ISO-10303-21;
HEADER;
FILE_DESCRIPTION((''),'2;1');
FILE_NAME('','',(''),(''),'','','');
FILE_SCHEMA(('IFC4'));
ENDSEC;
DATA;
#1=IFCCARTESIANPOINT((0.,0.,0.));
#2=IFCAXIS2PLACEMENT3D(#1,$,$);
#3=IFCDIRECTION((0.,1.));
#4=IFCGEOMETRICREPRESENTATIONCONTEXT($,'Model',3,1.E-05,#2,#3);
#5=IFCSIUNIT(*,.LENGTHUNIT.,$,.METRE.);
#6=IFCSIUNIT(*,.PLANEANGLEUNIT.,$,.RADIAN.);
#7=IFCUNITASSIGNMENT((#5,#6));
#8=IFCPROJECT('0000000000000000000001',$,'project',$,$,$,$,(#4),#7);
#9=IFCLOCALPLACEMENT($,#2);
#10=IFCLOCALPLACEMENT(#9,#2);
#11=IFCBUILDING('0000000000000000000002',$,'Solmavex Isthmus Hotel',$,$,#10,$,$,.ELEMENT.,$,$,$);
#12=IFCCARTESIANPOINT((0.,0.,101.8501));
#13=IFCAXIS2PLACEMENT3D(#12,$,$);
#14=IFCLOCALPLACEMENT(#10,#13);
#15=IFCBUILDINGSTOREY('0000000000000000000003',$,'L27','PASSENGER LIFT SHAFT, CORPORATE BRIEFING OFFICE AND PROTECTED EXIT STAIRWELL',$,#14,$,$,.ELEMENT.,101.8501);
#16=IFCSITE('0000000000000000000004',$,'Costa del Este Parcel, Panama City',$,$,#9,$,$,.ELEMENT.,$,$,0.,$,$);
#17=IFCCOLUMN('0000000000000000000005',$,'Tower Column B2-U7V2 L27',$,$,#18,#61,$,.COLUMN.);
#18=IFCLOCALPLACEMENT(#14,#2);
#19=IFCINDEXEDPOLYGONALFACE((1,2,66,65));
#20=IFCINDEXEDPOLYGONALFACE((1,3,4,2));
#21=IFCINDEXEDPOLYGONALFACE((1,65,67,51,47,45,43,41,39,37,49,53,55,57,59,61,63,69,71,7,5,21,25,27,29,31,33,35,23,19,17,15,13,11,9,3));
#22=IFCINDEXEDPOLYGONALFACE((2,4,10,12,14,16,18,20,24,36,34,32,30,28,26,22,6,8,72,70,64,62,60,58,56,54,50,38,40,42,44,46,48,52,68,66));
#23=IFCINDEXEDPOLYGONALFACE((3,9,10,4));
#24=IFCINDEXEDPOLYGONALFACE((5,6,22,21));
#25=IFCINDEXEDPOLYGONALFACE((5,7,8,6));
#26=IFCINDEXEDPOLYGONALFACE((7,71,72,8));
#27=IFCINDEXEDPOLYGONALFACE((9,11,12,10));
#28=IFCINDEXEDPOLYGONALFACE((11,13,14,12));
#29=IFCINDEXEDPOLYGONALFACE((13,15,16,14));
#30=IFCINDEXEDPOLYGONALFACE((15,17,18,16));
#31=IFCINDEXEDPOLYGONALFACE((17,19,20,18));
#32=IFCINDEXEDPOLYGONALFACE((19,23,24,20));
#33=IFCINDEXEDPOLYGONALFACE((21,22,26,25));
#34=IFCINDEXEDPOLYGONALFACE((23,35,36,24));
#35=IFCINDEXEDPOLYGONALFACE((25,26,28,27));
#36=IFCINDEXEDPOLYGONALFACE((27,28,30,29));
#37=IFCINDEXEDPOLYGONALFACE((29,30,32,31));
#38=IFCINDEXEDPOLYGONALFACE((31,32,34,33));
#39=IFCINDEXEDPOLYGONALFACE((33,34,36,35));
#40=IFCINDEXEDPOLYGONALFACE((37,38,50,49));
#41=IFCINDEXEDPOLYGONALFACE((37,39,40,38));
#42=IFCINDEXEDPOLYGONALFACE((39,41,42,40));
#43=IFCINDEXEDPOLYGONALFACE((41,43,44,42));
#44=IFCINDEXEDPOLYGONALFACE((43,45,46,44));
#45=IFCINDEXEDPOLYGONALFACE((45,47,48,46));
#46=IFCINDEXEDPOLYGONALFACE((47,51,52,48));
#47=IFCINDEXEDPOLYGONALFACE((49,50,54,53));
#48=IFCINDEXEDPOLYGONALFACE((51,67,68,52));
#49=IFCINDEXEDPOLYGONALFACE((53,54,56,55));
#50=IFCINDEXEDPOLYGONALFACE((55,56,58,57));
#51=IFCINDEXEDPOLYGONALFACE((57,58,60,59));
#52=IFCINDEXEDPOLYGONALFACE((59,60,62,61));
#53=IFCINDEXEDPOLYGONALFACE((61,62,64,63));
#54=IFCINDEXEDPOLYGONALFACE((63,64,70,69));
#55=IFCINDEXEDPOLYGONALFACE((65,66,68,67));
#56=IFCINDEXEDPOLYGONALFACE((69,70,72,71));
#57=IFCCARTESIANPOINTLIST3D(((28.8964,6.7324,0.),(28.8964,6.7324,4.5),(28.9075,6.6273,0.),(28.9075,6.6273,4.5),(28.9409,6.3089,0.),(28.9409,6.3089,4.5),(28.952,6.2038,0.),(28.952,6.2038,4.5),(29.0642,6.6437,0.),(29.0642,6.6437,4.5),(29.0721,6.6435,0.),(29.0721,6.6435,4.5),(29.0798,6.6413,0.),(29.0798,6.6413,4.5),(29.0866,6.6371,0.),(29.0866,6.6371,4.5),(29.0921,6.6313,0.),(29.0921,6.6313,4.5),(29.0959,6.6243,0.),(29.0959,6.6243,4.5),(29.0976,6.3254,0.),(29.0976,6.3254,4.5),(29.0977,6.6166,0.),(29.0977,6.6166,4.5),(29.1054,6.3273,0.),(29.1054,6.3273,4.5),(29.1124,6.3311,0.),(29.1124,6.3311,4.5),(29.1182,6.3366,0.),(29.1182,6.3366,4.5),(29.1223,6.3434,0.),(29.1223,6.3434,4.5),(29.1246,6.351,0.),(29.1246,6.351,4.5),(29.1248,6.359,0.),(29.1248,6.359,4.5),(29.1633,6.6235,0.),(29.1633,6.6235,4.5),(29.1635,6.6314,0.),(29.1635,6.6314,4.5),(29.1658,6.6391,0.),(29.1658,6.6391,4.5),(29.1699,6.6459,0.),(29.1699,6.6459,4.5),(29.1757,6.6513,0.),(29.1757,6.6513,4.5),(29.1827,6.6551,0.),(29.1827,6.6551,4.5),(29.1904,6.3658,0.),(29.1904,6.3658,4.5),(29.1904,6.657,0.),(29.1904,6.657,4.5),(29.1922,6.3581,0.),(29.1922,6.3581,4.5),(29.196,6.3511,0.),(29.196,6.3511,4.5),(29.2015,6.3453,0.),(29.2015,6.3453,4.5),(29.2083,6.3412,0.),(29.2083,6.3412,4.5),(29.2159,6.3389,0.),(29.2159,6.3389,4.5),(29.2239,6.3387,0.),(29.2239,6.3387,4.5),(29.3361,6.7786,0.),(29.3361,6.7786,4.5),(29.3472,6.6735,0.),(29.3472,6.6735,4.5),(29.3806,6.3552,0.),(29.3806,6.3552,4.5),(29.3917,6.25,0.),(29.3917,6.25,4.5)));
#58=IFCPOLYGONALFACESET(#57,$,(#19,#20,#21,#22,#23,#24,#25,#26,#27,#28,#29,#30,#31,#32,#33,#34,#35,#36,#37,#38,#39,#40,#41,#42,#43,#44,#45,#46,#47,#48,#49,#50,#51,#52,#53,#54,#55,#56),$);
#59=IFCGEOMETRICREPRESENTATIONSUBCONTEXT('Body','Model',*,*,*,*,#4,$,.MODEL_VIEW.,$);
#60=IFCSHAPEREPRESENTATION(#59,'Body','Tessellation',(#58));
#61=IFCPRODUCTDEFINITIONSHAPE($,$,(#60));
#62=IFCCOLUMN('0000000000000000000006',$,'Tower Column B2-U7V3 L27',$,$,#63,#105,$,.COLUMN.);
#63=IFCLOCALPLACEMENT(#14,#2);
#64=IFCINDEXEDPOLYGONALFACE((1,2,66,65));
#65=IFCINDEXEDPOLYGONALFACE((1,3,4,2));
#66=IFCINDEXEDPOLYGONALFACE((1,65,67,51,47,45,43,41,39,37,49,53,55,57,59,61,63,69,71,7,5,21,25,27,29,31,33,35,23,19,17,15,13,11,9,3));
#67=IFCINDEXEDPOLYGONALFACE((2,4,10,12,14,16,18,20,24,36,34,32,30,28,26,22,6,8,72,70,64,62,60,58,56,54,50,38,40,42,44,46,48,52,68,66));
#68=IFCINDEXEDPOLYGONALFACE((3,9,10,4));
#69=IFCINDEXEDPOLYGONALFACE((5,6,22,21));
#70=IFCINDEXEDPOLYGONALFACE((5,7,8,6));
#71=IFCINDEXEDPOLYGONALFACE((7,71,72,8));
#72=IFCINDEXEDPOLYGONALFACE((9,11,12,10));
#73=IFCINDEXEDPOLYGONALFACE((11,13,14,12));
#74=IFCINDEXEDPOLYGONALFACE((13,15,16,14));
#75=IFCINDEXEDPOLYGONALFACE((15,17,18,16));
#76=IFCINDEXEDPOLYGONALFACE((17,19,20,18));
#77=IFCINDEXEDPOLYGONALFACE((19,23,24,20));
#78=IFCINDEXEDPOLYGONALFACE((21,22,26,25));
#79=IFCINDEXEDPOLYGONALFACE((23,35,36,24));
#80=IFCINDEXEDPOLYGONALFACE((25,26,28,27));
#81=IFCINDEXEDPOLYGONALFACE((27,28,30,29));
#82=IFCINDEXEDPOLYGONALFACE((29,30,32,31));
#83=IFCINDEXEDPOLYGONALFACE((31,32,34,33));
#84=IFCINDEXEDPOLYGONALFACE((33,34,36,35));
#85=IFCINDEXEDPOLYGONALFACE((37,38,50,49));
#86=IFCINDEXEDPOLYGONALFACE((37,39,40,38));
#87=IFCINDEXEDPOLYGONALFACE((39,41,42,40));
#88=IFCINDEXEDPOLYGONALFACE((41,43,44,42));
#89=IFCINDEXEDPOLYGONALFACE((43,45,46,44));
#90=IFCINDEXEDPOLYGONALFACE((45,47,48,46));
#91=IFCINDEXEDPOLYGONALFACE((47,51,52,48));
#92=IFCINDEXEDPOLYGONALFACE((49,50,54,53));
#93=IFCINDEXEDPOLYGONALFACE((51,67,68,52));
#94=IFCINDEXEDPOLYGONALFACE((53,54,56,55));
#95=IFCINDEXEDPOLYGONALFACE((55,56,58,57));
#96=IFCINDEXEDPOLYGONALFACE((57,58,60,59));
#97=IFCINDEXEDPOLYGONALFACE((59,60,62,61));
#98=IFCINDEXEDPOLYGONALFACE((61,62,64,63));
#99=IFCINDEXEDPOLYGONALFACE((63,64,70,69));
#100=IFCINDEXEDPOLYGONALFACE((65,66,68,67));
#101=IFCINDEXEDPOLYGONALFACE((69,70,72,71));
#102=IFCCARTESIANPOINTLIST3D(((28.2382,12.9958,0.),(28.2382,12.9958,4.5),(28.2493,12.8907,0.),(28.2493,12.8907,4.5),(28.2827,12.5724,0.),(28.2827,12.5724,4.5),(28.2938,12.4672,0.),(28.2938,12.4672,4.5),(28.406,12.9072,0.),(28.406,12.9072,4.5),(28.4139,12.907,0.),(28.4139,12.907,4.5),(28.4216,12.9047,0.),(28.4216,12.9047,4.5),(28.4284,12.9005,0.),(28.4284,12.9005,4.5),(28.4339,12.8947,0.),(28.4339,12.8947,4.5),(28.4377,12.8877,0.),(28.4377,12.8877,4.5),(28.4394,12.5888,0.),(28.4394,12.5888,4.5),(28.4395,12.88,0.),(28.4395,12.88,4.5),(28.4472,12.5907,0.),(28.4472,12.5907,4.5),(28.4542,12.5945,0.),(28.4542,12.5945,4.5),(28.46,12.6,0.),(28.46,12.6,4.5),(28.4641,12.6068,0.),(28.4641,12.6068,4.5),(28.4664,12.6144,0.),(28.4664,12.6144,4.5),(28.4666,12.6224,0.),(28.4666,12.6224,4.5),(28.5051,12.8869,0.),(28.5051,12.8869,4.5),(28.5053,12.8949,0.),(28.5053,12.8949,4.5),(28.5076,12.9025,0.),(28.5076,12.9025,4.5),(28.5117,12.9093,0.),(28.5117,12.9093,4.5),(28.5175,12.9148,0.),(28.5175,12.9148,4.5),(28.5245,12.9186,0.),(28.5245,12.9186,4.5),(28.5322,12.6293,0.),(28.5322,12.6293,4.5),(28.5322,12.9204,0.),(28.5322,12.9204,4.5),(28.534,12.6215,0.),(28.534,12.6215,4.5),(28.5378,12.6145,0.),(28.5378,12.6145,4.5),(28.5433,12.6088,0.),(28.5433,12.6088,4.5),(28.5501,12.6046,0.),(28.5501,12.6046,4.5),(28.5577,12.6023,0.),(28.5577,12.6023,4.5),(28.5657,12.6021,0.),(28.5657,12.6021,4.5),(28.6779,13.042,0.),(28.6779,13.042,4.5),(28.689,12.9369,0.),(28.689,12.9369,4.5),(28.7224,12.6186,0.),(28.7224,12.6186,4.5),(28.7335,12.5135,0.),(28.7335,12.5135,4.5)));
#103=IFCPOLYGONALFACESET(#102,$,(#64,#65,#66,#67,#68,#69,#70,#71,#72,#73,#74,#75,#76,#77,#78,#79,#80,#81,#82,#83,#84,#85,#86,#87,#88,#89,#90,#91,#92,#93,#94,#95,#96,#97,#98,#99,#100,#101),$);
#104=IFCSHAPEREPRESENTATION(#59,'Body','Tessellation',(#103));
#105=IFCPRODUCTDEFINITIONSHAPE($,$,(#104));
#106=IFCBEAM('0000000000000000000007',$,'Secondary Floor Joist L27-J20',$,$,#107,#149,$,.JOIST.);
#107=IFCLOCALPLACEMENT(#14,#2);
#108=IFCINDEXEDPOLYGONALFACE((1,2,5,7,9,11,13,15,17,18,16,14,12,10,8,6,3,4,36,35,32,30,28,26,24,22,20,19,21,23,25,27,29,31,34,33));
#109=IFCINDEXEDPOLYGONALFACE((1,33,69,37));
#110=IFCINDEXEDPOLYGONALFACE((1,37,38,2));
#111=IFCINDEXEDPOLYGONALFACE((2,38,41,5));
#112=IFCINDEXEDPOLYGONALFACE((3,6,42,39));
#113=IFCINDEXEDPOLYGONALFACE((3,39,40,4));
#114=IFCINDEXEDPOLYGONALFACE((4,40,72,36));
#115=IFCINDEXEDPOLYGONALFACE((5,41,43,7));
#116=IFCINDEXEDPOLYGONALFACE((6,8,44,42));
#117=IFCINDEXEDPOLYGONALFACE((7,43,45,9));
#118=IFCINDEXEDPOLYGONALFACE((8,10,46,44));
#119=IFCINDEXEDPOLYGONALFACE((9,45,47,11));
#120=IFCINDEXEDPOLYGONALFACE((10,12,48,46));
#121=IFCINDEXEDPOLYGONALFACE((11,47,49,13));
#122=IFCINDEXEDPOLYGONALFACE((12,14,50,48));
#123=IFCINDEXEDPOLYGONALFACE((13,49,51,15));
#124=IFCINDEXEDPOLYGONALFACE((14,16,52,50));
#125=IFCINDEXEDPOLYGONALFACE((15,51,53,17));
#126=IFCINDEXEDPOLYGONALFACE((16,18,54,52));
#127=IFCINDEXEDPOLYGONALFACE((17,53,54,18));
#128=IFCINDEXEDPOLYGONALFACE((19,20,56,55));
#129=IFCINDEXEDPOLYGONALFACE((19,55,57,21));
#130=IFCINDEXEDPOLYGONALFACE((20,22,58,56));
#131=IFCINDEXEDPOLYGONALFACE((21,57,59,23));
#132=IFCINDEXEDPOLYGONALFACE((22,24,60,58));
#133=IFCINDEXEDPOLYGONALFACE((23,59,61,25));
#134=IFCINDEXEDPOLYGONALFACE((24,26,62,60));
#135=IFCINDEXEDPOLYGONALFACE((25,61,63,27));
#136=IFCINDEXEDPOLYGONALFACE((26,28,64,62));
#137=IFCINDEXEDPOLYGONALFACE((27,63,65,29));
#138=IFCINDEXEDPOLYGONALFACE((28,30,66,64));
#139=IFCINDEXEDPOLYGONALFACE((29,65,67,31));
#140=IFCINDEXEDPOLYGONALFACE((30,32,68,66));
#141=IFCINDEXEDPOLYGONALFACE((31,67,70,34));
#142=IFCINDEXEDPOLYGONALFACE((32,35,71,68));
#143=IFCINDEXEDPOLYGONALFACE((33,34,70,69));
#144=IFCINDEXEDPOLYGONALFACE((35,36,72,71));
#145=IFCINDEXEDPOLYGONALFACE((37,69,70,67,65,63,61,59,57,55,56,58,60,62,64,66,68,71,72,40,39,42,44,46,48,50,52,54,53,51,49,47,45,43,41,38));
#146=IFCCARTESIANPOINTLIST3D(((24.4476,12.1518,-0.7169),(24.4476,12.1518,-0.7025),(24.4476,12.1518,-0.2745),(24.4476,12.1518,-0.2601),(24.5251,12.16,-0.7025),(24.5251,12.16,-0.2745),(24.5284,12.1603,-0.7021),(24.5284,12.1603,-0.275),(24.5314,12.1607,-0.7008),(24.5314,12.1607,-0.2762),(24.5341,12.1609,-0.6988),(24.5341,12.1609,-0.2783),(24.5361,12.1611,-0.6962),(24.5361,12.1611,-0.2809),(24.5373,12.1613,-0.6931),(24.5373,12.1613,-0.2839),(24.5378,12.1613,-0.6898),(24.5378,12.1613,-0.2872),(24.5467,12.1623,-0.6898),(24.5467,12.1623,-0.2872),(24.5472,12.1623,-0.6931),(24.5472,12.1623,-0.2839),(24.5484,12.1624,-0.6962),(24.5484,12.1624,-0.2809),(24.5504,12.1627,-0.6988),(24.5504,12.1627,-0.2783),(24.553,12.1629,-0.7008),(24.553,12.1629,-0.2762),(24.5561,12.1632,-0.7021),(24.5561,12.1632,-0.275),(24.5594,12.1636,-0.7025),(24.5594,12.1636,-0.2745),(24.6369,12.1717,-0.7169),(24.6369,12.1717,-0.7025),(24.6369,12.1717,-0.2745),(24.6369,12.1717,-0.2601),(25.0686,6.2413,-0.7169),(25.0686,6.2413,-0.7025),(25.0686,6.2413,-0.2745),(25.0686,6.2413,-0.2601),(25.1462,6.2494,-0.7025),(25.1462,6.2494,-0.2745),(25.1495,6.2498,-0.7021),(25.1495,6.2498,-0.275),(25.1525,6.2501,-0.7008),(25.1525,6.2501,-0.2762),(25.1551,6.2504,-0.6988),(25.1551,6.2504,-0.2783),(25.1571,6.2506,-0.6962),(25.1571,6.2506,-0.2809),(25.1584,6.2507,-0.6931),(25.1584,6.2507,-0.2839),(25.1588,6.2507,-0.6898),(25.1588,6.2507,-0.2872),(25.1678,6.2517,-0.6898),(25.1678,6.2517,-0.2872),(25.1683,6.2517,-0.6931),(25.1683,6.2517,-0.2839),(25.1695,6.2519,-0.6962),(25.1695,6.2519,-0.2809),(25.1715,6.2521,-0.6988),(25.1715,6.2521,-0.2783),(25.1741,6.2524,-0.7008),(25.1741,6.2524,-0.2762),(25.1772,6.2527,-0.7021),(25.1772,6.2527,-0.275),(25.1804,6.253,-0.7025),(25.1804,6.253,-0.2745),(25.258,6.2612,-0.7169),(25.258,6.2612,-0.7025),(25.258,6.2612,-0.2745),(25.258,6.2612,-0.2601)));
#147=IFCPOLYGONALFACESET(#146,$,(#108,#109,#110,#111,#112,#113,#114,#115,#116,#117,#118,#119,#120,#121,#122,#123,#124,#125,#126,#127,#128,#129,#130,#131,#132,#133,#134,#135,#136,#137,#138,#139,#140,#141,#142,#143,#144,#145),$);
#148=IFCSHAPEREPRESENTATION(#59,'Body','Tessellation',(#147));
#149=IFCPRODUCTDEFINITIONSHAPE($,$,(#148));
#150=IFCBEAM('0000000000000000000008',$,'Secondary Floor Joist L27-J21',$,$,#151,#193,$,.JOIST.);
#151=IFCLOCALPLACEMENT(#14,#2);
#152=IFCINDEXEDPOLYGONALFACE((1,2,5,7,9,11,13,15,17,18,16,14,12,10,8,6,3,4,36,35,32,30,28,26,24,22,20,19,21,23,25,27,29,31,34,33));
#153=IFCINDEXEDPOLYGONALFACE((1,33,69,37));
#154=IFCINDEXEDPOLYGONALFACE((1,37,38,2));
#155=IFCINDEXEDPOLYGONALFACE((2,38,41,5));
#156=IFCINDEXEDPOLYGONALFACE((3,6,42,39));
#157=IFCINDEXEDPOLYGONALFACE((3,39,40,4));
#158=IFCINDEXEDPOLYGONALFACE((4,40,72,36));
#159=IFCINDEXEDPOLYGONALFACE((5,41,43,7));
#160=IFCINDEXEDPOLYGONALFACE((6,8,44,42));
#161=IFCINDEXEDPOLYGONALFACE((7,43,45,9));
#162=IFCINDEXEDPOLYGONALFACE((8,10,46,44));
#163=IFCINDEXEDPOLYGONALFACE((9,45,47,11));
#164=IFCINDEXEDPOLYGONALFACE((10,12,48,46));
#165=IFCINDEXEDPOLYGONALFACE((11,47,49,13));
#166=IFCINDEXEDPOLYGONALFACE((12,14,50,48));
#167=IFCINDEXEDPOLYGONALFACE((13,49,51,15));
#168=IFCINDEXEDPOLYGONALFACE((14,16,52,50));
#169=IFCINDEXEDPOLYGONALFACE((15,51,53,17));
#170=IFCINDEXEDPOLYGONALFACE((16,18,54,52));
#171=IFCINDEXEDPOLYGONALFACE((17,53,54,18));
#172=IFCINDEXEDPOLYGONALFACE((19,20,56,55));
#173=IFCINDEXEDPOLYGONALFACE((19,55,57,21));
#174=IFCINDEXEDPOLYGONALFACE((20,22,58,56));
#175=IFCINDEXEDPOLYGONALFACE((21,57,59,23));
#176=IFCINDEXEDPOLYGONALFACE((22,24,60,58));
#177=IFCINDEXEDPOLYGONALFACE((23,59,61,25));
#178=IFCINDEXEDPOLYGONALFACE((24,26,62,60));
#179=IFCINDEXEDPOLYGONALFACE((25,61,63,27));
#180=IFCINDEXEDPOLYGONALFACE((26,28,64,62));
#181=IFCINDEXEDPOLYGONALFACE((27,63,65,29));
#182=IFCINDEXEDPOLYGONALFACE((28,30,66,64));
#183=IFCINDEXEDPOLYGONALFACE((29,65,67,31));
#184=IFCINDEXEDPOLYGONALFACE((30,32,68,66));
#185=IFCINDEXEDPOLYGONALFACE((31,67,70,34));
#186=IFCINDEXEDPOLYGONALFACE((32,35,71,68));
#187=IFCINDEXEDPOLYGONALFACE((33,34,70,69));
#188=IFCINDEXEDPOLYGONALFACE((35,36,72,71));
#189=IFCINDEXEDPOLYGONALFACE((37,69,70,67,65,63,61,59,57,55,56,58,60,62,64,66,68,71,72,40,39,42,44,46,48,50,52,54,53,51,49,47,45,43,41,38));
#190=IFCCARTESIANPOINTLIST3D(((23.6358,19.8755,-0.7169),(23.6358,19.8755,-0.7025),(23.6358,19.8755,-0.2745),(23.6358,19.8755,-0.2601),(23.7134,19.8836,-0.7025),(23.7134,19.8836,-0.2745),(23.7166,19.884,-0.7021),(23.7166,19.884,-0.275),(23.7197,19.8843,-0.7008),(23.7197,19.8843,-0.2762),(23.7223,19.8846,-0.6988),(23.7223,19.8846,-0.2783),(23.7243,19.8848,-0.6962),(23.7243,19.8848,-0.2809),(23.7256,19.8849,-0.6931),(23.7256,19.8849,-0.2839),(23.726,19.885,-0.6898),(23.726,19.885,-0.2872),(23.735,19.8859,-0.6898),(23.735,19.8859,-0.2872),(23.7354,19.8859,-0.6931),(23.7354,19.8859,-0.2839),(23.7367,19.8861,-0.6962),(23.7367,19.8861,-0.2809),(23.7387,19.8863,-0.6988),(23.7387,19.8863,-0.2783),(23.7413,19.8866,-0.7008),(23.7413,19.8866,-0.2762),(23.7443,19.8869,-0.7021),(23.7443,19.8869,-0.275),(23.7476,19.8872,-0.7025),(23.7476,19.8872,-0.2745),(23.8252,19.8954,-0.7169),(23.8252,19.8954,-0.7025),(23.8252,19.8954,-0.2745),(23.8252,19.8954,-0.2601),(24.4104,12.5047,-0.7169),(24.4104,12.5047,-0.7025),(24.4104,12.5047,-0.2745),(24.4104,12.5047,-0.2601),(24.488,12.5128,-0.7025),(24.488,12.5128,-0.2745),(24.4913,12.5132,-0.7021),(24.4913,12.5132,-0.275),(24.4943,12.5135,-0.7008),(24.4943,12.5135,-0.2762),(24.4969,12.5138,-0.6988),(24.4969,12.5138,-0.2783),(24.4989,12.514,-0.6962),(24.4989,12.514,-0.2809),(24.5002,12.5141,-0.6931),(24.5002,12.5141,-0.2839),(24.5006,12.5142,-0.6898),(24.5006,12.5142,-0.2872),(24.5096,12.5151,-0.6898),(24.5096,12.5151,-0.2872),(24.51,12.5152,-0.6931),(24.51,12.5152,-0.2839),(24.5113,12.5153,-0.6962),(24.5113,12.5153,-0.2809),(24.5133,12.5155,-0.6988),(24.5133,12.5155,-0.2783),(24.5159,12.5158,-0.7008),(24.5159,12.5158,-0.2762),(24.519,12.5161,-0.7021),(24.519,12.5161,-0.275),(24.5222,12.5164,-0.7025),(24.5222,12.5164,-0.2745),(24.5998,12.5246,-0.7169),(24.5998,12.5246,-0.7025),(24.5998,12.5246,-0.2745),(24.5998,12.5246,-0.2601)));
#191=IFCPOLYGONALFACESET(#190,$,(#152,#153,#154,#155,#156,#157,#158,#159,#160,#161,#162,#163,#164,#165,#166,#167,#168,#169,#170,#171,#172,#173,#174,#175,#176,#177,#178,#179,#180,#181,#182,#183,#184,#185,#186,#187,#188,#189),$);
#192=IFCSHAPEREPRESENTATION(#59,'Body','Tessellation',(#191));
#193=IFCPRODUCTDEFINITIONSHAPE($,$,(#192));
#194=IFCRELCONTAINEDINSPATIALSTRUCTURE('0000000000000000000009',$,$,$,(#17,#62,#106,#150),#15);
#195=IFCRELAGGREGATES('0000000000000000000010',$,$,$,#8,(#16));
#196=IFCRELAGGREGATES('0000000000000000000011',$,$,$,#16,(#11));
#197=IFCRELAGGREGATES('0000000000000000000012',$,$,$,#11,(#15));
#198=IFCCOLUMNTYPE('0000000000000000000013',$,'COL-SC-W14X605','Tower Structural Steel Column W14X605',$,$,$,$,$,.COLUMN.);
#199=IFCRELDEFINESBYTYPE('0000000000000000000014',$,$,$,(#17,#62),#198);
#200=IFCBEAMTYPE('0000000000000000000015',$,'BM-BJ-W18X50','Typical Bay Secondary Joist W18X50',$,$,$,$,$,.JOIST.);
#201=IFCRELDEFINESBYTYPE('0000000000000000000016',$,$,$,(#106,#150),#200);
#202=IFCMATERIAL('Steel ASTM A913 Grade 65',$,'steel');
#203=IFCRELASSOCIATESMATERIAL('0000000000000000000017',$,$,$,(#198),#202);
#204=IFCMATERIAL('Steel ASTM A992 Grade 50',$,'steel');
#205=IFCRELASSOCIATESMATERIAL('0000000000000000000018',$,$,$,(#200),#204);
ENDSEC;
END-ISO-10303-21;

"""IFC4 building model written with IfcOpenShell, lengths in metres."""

from ifc_helpers import new_model, si_unit, direction, frame, origin, origin_2d, place, context, subcontext, project, spatial, i_section, extrude, material, material_profile, profile_set, type_object, element, save


model = new_model("IFC4")

# Units and contexts
model_context = context("Model", 3, precision=1e-05, world=origin(), true_north=direction((0.0, 1.0)))
body_context = subcontext(model_context, "Body", "Model", "MODEL_VIEW")
ifc_project = project(units=[si_unit("LENGTHUNIT", "METRE"), si_unit("PLANEANGLEUNIT", "RADIAN")], contexts=[model_context])

# Site, building, storey
site_placement = place(None, origin())
site = spatial("IfcSite", under=ifc_project, at=site_placement, Name="Costa del Este Parcel, Panama City", CompositionType="ELEMENT", RefElevation=0.0)
building_placement = place(site_placement, origin())
building = spatial("IfcBuilding", under=site, at=building_placement, Name="Solmavex Isthmus Hotel", CompositionType="ELEMENT")
storey_placement = place(building_placement, frame((0.0, 0.0, 101.8501)))
storey = spatial("IfcBuildingStorey", under=building, at=storey_placement, Name="L27", Description="PASSENGER LIFT SHAFT, CORPORATE BRIEFING OFFICE AND PROTECTED EXIT STAIRWELL", CompositionType="ELEMENT", Elevation=101.8501)

# Columns
ifc_material_1 = material(Name="Steel ASTM A913 Grade 65", Category="steel")
ifc_material_profile_1 = material_profile(ifc_material_1, i_section(OverallWidth=0.4421, OverallDepth=0.5315, WebThickness=0.0659, FlangeThickness=0.1057, FilletRadius=0.0305, at=origin_2d()), Name="W14X605")
ifc_profile_set_1 = profile_set([ifc_material_profile_1], Name="Steel ASTM A913 Grade 65")
column_type = type_object("IfcColumnType", Name="COL-SC-W14X605", Description="Tower Structural Steel Column W14X605", PredefinedType="COLUMN", material=ifc_profile_set_1)
for number, where, z_axis, x_axis, name in (
    (1, (29.144, 6.4912, 0.0), (0.0, 0.0, 1.0), (0.994522, 0.104528, 0.0), "Tower Column B2-U7V2 L27"),
    (2, (28.4858, 12.7546, 0.0), (0.0, 0.0, 1.0), (0.994522, 0.104528, 0.0), "Tower Column B2-U7V3 L27"),
):
    element("IfcColumn", number, at=place(storey_placement, frame(where, z_axis=z_axis, x_axis=x_axis)), inside=storey, type_object=column_type, Name=name, PredefinedType="COLUMN", context=body_context, shape_type="SweptSolid", body=[
        extrude(i_section(OverallWidth=0.4421, OverallDepth=0.5315, WebThickness=0.0659, FlangeThickness=0.1057, FilletRadius=0.0305, at=origin_2d()), origin(), (0.0, 0.0, 1.0), 4.5),
    ])

# Beams
ifc_material_2 = material(Name="Steel ASTM A992 Grade 50", Category="steel")
ifc_material_profile_2 = material_profile(ifc_material_2, i_section(OverallWidth=0.1904, OverallDepth=0.4568, WebThickness=0.009, FlangeThickness=0.0144, FilletRadius=0.0127, at=origin_2d()), Name="W18X50")
ifc_profile_set_2 = profile_set([ifc_material_profile_2], Name="Steel ASTM A992 Grade 50")
beam_type_1 = type_object("IfcBeamType", Name="BM-BJ-W18X50", Description="Typical Bay Secondary Joist W18X50", PredefinedType="JOIST", material=ifc_profile_set_2)
beam_1_placement = place(storey_placement, frame((25.1633, 6.2512, -0.4885), z_axis=(-0.104505, 0.994524, 0.0), x_axis=(-0.994524, -0.104505, 0.0)))
element("IfcBeam", 3, at=beam_1_placement, inside=storey, type_object=beam_type_1, Name="Secondary Floor Joist L27-J20", PredefinedType="JOIST", context=body_context, shape_type="SweptSolid", body=[
    extrude(i_section(OverallWidth=0.1904, OverallDepth=0.4568, WebThickness=0.009, FlangeThickness=0.0144, FilletRadius=0.0127, at=origin_2d()), origin(), (0.0, 0.0, 1.0), 5.9431),
])
beam_2_placement = place(storey_placement, frame((24.5051, 12.5146, -0.4885), z_axis=(-0.104522, 0.994523, 0.0), x_axis=(-0.994523, -0.104522, 0.0)))
element("IfcBeam", 4, at=beam_2_placement, inside=storey, type_object=beam_type_1, Name="Secondary Floor Joist L27-J21", PredefinedType="JOIST", context=body_context, shape_type="SweptSolid", body=[
    extrude(i_section(OverallWidth=0.1904, OverallDepth=0.4568, WebThickness=0.009, FlangeThickness=0.0144, FilletRadius=0.0127, at=origin_2d()), origin(), (0.0, 0.0, 1.0), 7.4114),
])

save(model, "model.ifc")
